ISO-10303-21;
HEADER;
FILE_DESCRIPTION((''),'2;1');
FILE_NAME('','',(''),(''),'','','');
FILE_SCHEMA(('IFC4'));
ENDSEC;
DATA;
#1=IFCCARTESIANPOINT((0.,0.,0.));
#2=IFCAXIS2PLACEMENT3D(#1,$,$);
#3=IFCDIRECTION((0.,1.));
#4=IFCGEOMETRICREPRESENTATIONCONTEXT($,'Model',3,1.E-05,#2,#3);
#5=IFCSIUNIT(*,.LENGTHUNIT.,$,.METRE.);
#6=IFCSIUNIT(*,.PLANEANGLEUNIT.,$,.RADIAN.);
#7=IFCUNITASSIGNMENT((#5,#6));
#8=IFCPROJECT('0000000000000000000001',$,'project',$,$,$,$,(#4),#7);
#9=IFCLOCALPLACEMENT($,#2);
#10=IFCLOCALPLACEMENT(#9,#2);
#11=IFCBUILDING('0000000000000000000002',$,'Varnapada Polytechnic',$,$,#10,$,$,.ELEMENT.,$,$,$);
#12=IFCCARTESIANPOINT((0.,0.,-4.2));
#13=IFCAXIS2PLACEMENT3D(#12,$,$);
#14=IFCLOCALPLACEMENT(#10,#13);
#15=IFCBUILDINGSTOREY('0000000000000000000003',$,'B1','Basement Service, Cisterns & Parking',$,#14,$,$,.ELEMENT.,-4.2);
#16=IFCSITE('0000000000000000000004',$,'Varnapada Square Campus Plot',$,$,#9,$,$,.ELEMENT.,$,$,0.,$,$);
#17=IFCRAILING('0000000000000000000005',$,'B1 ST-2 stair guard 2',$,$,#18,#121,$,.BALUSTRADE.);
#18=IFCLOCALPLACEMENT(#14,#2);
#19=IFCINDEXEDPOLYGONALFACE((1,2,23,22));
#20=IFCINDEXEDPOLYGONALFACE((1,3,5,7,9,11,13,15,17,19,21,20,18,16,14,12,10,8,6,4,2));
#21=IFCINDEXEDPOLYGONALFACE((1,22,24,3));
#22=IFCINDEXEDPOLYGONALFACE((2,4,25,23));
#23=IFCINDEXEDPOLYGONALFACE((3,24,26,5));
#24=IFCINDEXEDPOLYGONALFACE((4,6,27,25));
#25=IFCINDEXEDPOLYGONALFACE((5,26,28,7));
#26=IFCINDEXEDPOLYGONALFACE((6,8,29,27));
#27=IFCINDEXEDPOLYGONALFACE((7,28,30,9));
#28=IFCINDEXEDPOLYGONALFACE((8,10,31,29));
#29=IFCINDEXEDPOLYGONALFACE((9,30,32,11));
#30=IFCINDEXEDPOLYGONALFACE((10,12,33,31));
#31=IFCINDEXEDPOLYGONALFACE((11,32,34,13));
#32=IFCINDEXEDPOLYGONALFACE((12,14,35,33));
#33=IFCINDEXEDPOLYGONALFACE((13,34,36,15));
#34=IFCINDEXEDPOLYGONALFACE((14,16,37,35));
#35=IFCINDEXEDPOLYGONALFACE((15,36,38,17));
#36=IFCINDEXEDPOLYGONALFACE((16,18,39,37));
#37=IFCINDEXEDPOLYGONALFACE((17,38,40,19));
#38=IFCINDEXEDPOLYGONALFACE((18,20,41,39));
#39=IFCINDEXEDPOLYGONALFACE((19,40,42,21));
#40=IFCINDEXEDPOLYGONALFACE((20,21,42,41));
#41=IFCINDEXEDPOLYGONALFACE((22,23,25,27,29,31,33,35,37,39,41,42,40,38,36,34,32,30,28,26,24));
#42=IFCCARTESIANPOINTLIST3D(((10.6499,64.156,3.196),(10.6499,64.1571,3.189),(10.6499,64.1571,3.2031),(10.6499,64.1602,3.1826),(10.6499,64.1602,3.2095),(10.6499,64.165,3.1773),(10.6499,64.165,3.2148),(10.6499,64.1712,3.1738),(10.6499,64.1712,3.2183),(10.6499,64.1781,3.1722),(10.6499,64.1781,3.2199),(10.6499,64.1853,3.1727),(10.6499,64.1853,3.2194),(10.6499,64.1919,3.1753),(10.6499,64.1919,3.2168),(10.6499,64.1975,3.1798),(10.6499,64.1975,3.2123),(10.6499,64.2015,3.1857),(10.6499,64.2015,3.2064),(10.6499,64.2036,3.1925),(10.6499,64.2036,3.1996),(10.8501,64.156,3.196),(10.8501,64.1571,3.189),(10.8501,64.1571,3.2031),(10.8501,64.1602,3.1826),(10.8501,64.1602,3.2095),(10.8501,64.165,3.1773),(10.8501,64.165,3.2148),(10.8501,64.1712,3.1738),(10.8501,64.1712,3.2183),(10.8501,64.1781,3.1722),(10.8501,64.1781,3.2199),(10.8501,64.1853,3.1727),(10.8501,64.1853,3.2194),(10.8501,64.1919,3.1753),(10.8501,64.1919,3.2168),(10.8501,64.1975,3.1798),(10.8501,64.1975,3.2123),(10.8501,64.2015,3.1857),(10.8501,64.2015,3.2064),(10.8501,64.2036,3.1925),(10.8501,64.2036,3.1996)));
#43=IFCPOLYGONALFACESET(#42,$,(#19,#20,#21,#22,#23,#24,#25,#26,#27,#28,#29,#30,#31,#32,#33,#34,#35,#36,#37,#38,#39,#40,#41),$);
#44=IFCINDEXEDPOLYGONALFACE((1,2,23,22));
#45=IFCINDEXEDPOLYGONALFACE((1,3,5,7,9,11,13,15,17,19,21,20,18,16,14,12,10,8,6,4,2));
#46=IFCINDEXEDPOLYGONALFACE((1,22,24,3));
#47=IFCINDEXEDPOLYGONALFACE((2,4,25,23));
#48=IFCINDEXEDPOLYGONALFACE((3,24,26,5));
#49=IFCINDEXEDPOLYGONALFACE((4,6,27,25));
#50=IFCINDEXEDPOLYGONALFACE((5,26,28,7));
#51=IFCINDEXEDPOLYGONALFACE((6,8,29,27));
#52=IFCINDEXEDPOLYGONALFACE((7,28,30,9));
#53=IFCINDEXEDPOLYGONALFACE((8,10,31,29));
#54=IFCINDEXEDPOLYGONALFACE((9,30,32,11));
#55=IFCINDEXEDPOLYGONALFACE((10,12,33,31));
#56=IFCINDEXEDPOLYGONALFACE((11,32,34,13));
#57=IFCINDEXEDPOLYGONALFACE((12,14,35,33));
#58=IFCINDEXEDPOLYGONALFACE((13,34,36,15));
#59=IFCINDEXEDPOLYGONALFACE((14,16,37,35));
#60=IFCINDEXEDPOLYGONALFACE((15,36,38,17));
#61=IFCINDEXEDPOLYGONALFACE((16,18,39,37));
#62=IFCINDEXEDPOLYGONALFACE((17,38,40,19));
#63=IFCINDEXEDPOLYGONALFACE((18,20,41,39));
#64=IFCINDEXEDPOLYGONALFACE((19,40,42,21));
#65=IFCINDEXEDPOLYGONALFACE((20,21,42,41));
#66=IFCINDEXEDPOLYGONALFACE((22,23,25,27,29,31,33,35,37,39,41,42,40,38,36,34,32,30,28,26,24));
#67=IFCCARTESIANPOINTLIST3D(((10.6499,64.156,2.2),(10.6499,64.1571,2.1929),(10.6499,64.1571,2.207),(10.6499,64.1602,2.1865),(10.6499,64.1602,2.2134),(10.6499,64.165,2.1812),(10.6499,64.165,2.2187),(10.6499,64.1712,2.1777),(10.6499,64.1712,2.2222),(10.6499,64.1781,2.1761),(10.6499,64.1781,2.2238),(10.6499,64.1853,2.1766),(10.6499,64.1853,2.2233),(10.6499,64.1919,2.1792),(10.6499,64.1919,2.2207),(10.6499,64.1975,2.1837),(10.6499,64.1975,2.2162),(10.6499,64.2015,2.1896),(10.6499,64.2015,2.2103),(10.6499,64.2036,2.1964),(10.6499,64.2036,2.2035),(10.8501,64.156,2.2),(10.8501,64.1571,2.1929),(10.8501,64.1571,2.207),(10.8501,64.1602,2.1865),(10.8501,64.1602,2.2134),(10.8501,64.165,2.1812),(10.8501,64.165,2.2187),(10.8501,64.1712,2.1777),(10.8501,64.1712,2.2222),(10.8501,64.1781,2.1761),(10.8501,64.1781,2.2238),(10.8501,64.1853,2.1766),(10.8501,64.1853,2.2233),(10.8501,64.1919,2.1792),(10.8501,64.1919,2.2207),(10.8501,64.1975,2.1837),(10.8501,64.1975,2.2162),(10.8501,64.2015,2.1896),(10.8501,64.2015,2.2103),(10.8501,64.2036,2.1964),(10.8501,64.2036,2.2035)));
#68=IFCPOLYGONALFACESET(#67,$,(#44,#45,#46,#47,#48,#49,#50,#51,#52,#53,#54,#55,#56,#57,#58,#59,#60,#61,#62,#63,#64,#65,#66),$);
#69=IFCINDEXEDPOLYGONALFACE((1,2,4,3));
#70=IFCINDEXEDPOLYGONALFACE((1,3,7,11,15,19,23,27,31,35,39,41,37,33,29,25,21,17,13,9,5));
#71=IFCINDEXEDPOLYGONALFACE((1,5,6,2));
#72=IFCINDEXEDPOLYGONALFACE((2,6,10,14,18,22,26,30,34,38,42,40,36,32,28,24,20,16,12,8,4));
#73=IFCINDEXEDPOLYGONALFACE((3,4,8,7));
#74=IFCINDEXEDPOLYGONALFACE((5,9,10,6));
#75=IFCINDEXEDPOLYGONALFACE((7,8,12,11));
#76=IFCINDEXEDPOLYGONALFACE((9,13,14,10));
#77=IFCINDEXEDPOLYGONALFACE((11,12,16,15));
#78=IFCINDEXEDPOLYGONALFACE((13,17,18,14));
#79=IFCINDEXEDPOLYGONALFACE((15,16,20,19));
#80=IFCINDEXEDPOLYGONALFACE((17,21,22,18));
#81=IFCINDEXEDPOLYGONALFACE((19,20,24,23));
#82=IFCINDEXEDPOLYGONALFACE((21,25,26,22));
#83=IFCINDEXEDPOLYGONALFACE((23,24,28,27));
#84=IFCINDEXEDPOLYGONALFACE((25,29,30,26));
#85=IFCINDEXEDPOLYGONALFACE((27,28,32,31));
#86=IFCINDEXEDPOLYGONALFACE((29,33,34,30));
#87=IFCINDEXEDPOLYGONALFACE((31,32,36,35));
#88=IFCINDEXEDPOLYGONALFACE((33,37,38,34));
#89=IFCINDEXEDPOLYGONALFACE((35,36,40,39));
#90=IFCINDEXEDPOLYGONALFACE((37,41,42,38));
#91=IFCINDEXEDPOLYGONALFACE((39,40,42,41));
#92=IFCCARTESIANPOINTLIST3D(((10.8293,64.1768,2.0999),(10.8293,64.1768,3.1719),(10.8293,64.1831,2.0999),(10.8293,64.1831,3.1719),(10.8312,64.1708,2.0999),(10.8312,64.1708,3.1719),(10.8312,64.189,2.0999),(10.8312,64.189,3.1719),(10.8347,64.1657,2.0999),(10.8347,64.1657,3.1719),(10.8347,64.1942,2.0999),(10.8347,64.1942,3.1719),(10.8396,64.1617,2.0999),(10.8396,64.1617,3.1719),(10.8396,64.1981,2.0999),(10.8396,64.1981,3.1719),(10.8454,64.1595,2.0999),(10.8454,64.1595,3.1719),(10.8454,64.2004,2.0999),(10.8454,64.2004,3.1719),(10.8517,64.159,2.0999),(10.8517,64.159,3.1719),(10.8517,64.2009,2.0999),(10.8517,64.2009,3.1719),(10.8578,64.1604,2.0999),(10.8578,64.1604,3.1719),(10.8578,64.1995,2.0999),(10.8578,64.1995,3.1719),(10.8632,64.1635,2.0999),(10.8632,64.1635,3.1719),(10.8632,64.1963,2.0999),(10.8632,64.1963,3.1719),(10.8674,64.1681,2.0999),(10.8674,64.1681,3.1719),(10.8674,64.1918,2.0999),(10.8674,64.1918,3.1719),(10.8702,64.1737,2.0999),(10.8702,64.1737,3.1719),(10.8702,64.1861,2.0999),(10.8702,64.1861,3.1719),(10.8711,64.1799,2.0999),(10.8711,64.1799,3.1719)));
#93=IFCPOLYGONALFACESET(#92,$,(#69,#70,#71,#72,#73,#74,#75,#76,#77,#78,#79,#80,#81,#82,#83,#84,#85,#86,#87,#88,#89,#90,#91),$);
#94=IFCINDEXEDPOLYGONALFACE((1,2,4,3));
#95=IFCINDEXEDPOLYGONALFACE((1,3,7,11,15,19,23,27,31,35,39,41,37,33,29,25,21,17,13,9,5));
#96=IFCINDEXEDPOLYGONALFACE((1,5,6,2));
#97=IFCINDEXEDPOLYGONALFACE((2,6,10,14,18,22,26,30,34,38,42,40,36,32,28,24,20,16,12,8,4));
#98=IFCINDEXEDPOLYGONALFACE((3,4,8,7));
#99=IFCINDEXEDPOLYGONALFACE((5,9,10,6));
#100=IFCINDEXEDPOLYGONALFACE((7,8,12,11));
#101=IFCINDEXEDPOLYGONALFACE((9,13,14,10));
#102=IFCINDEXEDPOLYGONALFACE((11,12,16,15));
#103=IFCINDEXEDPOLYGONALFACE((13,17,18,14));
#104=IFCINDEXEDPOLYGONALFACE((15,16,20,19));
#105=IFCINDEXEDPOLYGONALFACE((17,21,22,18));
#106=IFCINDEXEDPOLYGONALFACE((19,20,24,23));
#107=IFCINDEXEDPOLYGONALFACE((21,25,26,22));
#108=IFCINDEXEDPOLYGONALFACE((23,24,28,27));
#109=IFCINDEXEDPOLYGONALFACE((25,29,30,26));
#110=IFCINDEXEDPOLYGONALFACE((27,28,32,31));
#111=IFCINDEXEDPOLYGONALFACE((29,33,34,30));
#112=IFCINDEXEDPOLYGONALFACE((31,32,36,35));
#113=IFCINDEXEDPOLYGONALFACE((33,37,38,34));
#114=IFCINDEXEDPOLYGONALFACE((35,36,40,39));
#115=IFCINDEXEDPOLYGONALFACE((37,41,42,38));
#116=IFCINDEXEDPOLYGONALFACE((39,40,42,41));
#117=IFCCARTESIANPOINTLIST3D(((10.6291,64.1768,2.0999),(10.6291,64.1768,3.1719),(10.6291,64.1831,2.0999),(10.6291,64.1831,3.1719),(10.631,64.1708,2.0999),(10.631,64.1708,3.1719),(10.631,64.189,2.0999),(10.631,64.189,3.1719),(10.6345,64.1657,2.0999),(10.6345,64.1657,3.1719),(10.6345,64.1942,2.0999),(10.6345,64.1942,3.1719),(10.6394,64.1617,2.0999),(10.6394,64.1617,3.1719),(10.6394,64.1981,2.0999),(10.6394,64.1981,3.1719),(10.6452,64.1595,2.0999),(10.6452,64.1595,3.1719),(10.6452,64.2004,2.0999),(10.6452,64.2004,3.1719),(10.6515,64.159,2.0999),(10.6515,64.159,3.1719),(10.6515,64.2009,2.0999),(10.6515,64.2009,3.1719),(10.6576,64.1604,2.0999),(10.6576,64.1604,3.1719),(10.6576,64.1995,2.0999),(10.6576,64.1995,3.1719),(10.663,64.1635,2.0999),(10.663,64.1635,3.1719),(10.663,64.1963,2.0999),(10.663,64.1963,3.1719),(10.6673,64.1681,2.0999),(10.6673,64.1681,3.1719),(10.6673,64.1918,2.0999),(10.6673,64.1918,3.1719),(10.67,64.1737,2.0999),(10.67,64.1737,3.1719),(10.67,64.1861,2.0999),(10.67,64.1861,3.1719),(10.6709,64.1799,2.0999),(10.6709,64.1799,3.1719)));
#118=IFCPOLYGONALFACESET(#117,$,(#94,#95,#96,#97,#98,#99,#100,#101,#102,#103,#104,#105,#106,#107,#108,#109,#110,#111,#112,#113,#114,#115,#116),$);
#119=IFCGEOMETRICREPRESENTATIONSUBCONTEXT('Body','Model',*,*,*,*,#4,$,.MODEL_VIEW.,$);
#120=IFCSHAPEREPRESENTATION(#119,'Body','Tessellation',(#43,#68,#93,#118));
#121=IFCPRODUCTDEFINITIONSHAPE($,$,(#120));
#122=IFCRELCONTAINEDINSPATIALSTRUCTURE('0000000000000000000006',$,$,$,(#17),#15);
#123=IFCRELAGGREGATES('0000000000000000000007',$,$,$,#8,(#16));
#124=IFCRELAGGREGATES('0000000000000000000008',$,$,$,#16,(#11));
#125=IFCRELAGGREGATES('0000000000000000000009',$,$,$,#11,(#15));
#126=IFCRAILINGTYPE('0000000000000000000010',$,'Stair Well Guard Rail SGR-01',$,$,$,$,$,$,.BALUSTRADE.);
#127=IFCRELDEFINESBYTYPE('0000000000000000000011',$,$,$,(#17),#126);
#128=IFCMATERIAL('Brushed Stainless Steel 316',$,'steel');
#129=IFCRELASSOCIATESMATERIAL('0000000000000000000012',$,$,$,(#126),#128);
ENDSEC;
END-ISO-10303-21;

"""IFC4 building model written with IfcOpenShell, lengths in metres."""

from ifc_helpers import new_model, si_unit, direction, frame, origin, origin_2d, place, context, subcontext, project, spatial, circle, extrude, material, type_object, element, save


model = new_model("IFC4")

# Units and contexts
model_context = context("Model", 3, precision=1e-05, world=origin(), true_north=direction((0.0, 1.0)))
body_context = subcontext(model_context, "Body", "Model", "MODEL_VIEW")
ifc_project = project(units=[si_unit("LENGTHUNIT", "METRE"), si_unit("PLANEANGLEUNIT", "RADIAN")], contexts=[model_context])

# Site, building, storey
site_placement = place(None, origin())
site = spatial("IfcSite", under=ifc_project, at=site_placement, Name="Varnapada Square Campus Plot", CompositionType="ELEMENT", RefElevation=0.0)
building_placement = place(site_placement, origin())
building = spatial("IfcBuilding", under=site, at=building_placement, Name="Varnapada Polytechnic", CompositionType="ELEMENT")
storey_placement = place(building_placement, frame((0.0, 0.0, -4.2)))
storey = spatial("IfcBuildingStorey", under=building, at=storey_placement, Name="B1", Description="Basement Service, Cisterns & Parking", CompositionType="ELEMENT", Elevation=-4.2)

# Shared definitions
ifc_material_1 = material(Name="Brushed Stainless Steel 316", Category="steel")

# Railing
railing_type_1 = type_object("IfcRailingType", Name="Stair Well Guard Rail SGR-01", PredefinedType="BALUSTRADE", material=ifc_material_1)
railing_1_placement = place(storey_placement, frame((10.8501, 64.1799, 2.0999)))
element("IfcRailing", 1, at=railing_1_placement, inside=storey, type_object=railing_type_1, Name="B1 ST-2 stair guard 2", PredefinedType="BALUSTRADE", context=body_context, shape_type="SweptSolid", body=[
    extrude(circle(Radius=0.0239, at=origin_2d()), frame((0.0, 0.0, 1.0962), z_axis=(-1.0, 0.0, 0.0), x_axis=(0.0, -1.0, 0.0)), (0.0, 0.0, 1.0), 0.2002),
    extrude(circle(Radius=0.0239, at=origin_2d()), frame((0.0, 0.0, 0.1001), z_axis=(-1.0, 0.0, 0.0), x_axis=(0.0, -1.0, 0.0)), (0.0, 0.0, 1.0), 0.2002),
    extrude(circle(Radius=0.021, at=origin_2d()), origin(), (0.0, 0.0, 1.0), 1.072),
    extrude(circle(Radius=0.021, at=origin_2d()), frame((-0.2002, 0.0, 0.0)), (0.0, 0.0, 1.0), 1.072),
])

save(model, "model.ifc")
